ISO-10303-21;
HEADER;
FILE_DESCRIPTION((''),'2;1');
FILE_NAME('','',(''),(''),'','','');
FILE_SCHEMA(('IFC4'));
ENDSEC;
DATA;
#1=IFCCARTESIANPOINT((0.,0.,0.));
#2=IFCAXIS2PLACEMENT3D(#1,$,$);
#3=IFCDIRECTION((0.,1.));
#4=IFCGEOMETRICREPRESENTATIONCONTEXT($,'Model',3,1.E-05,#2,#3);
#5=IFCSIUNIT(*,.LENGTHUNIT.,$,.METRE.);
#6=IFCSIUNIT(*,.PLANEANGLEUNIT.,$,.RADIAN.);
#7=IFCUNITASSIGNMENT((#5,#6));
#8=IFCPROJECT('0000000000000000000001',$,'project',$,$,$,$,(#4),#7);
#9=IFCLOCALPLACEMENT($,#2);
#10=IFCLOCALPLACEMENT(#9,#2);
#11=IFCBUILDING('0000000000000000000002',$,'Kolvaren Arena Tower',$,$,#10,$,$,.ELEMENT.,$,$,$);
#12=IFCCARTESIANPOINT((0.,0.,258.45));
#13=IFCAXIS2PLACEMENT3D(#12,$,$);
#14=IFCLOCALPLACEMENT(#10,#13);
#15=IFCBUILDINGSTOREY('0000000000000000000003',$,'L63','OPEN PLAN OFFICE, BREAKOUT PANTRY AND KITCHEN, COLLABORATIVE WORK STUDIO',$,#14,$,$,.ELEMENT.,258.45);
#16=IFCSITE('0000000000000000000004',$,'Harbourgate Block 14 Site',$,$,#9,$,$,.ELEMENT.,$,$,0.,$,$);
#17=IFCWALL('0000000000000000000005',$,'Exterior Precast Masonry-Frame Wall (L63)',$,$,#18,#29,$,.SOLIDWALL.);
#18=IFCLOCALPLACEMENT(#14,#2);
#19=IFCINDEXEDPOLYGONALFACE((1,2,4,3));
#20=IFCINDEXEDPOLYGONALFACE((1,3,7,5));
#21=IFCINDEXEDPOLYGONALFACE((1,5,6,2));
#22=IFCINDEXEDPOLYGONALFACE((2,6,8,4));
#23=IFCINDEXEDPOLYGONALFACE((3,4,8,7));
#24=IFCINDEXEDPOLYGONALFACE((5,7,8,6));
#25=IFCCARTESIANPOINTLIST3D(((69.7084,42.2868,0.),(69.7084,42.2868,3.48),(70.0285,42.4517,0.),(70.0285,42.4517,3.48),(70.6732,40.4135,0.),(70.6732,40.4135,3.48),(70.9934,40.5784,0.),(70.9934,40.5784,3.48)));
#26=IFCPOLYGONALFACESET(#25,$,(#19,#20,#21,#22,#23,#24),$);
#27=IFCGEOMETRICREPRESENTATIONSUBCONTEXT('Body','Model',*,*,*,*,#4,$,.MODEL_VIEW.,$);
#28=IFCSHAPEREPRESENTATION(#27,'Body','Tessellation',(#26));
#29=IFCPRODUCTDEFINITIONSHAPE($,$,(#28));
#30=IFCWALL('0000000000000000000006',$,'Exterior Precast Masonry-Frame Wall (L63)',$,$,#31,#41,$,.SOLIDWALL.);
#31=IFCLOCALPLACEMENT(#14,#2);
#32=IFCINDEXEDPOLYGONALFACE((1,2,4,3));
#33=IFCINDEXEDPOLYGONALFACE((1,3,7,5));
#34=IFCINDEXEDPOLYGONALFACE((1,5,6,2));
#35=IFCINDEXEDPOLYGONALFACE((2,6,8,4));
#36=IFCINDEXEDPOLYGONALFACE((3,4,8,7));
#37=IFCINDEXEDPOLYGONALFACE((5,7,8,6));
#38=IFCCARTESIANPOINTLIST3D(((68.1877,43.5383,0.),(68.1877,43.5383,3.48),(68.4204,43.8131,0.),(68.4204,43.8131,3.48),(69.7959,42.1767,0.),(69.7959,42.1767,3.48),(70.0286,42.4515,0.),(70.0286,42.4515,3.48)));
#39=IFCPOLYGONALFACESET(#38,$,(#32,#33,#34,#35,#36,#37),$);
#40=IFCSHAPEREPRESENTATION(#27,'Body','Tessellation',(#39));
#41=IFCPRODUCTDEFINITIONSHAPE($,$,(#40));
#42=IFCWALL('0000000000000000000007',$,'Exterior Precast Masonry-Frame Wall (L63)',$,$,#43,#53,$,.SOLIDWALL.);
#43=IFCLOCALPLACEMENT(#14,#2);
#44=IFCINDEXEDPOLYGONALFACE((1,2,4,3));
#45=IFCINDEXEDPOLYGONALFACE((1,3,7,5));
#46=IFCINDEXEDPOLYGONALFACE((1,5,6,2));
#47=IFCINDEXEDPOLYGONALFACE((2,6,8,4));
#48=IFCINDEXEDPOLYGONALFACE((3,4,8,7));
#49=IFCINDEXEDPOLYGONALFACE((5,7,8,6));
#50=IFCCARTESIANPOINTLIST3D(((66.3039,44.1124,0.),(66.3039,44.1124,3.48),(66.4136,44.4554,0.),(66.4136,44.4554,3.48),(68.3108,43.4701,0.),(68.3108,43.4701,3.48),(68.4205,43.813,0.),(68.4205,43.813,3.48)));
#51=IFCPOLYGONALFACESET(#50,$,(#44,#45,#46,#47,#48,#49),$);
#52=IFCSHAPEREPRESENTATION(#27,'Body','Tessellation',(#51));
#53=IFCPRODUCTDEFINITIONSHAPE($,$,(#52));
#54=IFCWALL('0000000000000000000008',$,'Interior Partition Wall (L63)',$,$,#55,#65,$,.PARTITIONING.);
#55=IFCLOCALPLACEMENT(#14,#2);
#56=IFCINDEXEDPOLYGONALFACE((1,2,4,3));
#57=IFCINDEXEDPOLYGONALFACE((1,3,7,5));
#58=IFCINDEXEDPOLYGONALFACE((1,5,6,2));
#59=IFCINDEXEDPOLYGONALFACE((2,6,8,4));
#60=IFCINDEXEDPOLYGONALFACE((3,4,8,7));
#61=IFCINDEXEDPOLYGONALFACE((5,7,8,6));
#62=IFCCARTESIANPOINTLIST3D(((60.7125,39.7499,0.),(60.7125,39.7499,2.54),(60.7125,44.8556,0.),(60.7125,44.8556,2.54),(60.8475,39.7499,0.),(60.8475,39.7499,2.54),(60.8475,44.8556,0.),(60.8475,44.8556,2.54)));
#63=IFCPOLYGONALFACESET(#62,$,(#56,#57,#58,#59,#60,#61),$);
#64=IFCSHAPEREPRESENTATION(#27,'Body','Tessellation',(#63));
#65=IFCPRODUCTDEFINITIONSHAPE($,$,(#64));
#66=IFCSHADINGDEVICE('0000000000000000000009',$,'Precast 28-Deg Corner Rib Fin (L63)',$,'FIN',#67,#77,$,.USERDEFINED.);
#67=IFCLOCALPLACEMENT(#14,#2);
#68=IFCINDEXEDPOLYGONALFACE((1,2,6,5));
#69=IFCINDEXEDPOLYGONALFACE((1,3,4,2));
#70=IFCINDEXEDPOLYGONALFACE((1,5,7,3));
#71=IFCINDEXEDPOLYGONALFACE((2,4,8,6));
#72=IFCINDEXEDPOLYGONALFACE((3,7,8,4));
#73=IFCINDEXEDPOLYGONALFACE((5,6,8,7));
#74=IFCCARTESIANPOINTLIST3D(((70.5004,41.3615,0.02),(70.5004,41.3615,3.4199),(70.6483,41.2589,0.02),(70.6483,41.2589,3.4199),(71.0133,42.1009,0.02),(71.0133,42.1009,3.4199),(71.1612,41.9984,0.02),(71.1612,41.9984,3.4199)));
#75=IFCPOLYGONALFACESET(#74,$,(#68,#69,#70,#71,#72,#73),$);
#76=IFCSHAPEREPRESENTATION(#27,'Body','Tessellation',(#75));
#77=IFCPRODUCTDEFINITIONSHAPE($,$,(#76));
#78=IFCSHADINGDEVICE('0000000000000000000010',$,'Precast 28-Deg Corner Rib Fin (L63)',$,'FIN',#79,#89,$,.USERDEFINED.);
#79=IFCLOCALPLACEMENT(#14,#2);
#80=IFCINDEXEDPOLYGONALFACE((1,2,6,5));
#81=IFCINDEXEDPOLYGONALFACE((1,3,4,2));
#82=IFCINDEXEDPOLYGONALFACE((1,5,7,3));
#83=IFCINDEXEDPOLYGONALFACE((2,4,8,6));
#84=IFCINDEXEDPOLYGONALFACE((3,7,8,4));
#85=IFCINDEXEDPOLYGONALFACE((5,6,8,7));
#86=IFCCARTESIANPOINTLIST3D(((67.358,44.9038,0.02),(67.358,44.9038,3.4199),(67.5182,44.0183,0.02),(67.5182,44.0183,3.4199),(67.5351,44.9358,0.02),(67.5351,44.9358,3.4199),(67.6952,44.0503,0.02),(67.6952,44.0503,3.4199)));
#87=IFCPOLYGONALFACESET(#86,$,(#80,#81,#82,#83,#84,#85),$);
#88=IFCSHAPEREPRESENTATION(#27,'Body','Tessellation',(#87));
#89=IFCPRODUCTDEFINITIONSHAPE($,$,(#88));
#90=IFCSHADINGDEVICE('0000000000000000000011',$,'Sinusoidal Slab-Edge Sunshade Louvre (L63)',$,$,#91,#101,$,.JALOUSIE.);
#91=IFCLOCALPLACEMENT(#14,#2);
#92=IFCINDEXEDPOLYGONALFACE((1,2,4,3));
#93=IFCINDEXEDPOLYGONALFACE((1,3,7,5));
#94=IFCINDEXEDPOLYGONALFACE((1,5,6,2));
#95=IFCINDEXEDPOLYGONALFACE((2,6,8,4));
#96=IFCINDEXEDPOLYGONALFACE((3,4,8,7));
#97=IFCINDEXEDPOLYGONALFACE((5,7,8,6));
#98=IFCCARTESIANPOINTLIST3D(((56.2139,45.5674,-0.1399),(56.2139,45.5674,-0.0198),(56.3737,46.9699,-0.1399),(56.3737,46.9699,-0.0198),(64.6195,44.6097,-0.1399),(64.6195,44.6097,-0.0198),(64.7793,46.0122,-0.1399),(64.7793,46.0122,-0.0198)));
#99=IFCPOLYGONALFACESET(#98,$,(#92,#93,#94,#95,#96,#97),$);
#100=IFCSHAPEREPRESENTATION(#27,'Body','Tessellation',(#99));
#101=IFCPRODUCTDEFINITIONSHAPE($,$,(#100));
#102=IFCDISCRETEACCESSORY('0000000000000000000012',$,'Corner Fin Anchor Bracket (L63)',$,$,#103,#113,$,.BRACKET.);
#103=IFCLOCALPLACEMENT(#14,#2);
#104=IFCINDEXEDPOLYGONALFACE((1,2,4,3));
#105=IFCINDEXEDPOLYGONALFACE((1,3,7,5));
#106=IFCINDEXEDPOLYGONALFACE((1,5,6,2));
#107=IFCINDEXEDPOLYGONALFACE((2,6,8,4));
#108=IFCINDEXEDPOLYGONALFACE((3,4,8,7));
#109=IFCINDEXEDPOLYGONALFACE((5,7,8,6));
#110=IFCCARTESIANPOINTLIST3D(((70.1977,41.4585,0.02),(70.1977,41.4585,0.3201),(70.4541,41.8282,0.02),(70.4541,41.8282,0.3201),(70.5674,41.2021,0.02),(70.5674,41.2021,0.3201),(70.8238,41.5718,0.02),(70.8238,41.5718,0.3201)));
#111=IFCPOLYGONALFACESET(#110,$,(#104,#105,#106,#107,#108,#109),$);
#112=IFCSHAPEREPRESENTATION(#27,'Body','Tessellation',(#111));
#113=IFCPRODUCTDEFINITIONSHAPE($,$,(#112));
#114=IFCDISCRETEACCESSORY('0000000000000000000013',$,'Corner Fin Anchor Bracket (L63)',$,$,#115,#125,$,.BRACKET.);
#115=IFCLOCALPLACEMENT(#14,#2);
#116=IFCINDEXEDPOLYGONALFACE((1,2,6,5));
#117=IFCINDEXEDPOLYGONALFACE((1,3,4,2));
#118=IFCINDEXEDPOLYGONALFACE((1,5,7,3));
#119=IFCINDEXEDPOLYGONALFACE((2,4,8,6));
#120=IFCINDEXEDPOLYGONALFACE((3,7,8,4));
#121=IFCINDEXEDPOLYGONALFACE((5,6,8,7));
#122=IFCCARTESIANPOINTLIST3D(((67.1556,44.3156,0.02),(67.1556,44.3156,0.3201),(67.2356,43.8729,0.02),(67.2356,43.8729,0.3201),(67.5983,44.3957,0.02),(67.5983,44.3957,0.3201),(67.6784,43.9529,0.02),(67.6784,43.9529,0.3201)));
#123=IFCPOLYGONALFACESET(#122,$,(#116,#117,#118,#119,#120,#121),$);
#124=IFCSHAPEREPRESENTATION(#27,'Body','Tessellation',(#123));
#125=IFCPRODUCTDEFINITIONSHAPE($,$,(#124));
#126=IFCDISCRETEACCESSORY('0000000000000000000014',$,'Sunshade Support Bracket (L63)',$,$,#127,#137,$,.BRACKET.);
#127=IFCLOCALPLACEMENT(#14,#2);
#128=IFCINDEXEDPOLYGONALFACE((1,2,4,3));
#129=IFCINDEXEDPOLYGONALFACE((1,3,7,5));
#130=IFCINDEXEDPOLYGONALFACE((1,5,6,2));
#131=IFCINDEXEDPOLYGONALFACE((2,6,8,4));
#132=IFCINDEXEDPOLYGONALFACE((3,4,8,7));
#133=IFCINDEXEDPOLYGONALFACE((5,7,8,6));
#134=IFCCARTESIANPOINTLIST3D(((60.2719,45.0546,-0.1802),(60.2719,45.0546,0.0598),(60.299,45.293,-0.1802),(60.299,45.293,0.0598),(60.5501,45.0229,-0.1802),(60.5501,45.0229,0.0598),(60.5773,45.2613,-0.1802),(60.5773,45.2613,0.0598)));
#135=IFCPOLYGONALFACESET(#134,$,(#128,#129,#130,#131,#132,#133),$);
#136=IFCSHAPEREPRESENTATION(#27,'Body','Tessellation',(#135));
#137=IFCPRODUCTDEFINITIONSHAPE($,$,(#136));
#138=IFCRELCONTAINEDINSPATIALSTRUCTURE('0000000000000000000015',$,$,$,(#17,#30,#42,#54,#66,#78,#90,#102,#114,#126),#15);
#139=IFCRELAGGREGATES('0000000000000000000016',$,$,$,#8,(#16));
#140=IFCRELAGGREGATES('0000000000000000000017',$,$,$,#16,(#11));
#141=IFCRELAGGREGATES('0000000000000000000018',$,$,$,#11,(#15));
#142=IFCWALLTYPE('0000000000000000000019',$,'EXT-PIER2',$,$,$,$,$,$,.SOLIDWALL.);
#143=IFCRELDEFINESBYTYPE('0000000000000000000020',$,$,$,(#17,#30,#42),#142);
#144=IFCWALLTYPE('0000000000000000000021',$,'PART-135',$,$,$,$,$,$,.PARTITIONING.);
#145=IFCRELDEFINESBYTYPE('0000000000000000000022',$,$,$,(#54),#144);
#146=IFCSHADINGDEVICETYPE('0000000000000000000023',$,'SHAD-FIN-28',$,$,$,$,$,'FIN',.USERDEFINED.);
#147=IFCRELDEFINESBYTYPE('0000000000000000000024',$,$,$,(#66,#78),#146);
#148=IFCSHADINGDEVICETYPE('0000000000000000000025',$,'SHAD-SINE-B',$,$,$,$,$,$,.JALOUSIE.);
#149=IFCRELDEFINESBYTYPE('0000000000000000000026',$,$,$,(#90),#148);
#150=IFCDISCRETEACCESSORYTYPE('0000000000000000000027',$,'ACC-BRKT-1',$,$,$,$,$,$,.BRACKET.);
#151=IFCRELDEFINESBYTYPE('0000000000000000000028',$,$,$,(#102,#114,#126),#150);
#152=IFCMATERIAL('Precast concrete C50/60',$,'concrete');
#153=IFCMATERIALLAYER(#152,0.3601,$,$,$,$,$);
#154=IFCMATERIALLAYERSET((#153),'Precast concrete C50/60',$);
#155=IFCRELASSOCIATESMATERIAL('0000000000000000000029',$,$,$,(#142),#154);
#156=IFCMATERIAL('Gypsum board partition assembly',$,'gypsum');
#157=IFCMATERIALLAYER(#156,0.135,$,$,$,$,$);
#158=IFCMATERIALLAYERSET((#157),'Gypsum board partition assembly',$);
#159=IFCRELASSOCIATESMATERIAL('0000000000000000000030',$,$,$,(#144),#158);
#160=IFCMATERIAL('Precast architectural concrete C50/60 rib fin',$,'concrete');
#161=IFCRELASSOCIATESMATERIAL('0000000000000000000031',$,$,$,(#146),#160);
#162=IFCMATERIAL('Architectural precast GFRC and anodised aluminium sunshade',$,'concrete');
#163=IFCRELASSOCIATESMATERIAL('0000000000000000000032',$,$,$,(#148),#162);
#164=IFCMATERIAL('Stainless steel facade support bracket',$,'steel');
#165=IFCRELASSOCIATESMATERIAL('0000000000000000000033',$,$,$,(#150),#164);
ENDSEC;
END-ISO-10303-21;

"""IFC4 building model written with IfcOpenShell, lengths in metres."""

from ifc_helpers import new_model, si_unit, direction, frame, frame_2d, origin, origin_2d, place, context, subcontext, project, spatial, rectangle, extrude, material, layer, layer_set, type_object, element, save


model = new_model("IFC4")

# Units and contexts
model_context = context("Model", 3, precision=1e-05, world=origin(), true_north=direction((0.0, 1.0)))
body_context = subcontext(model_context, "Body", "Model", "MODEL_VIEW")
ifc_project = project(units=[si_unit("LENGTHUNIT", "METRE"), si_unit("PLANEANGLEUNIT", "RADIAN")], contexts=[model_context])

# Site, building, storey
site_placement = place(None, origin())
site = spatial("IfcSite", under=ifc_project, at=site_placement, Name="Harbourgate Block 14 Site", CompositionType="ELEMENT", RefElevation=0.0)
building_placement = place(site_placement, origin())
building = spatial("IfcBuilding", under=site, at=building_placement, Name="Kolvaren Arena Tower", CompositionType="ELEMENT")
storey_placement = place(building_placement, frame((0.0, 0.0, 258.45)))
storey = spatial("IfcBuildingStorey", under=building, at=storey_placement, Name="L63", Description="OPEN PLAN OFFICE, BREAKOUT PANTRY AND KITCHEN, COLLABORATIVE WORK STUDIO", CompositionType="ELEMENT", Elevation=258.45)

# Shared definitions
ifc_material_1 = material(Name="Precast concrete C50/60", Category="concrete")
ifc_layer_1 = layer(ifc_material_1, 0.3601)
ifc_layer_set_1 = layer_set([ifc_layer_1], Name="Precast concrete C50/60")
wall_type_1 = type_object("IfcWallType", Name="EXT-PIER2", PredefinedType="SOLIDWALL", material=ifc_layer_set_1)

# Walls
for number, where, z_axis, x_axis, name in (
    (1, (69.8684, 42.3694, 0.0), (0.0, 0.0, 1.0), (0.457887, -0.88901, 0.0), "Exterior Precast Masonry-Frame Wall (L63)"),
    (2, (68.304, 43.6758, 0.0), (0.0, 0.0, 1.0), (0.763193, -0.646171, 0.0), "Exterior Precast Masonry-Frame Wall (L63)"),
    (3, (66.3586, 44.2839, 0.0), (0.0, 0.0, 1.0), (0.952404, -0.304839, 0.0), "Exterior Precast Masonry-Frame Wall (L63)"),
):
    element("IfcWall", number, at=place(storey_placement, frame(where, z_axis=z_axis, x_axis=x_axis)), inside=storey, type_object=wall_type_1, Name=name, PredefinedType="SOLIDWALL", context=body_context, shape_type="SweptSolid", body=[
        extrude(rectangle(XDim=2.1072, YDim=0.3601, at=frame_2d((1.0537, 0.0))), origin(), (0.0, 0.0, 1.0), 3.48),
    ])
ifc_material_2 = material(Name="Gypsum board partition assembly", Category="gypsum")
ifc_layer_2 = layer(ifc_material_2, 0.135)
ifc_layer_set_2 = layer_set([ifc_layer_2], Name="Gypsum board partition assembly")
wall_type_2 = type_object("IfcWallType", Name="PART-135", PredefinedType="PARTITIONING", material=ifc_layer_set_2)
wall_1_placement = place(storey_placement, frame((60.78, 39.75, 0.0), z_axis=(0.0, 0.0, 1.0), x_axis=(0.0, 1.0, 0.0)))
element("IfcWall", 4, at=wall_1_placement, inside=storey, type_object=wall_type_2, Name="Interior Partition Wall (L63)", PredefinedType="PARTITIONING", context=body_context, shape_type="SweptSolid", body=[
    extrude(rectangle(XDim=5.1057, YDim=0.135, at=frame_2d((2.5527, 0.0))), origin(), (0.0, 0.0, 1.0), 2.54),
])

# Shading devices
ifc_material_3 = material(Name="Precast architectural concrete C50/60 rib fin", Category="concrete")
shading_device_type_1 = type_object("IfcShadingDeviceType", Name="SHAD-FIN-28", ElementType="FIN", PredefinedType="USERDEFINED", material=ifc_material_3)
for number, where, z_axis, x_axis, name in (
    (5, (70.8308, 41.6799, 0.02), (0.0, 0.0, 1.0), (0.569965, 0.821669, 0.0), "Precast 28-Deg Corner Rib Fin (L63)"),
    (6, (67.5266, 44.4771, 0.02), (0.0, 0.0, 1.0), (-0.177966, 0.984037, 0.0), "Precast 28-Deg Corner Rib Fin (L63)"),
):
    element("IfcShadingDevice", number, at=place(storey_placement, frame(where, z_axis=z_axis, x_axis=x_axis)), inside=storey, type_object=shading_device_type_1, Name=name, ObjectType="FIN", PredefinedType="USERDEFINED", context=body_context, shape_type="SweptSolid", body=[
        extrude(rectangle(XDim=0.8999, YDim=0.1799, at=origin_2d()), origin(), (0.0, 0.0, 1.0), 3.3999),
    ])
ifc_material_4 = material(Name="Architectural precast GFRC and anodised aluminium sunshade", Category="concrete")
shading_device_type_2 = type_object("IfcShadingDeviceType", Name="SHAD-SINE-B", PredefinedType="JALOUSIE", material=ifc_material_4)
shading_device_placement = place(storey_placement, frame((60.4966, 45.7898, -0.1399), z_axis=(0.0, 0.0, 1.0), x_axis=(0.993572, -0.113205, 0.0)))
element("IfcShadingDevice", 7, at=shading_device_placement, inside=storey, type_object=shading_device_type_2, Name="Sinusoidal Slab-Edge Sunshade Louvre (L63)", PredefinedType="JALOUSIE", context=body_context, shape_type="SweptSolid", body=[
    extrude(rectangle(XDim=8.46, YDim=1.4116, at=origin_2d()), origin(), (0.0, 0.0, 1.0), 0.1201),
])

# Discrete accessories
ifc_material_5 = material(Name="Stainless steel facade support bracket", Category="steel")
discrete_accessory_type = type_object("IfcDiscreteAccessoryType", Name="ACC-BRKT-1", PredefinedType="BRACKET", material=ifc_material_5)
for number, where, z_axis, x_axis, name in (
    (8, (70.5107, 41.5151, 0.02), (0.0, 0.0, 1.0), (0.569965, 0.821669, 0.0), "Corner Fin Anchor Bracket (L63)"),
    (9, (67.417, 44.1343, 0.02), (0.0, 0.0, 1.0), (-0.177966, 0.984037, 0.0), "Corner Fin Anchor Bracket (L63)"),
):
    element("IfcDiscreteAccessory", number, at=place(storey_placement, frame(where, z_axis=z_axis, x_axis=x_axis)), inside=storey, type_object=discrete_accessory_type, Name=name, PredefinedType="BRACKET", context=body_context, shape_type="SweptSolid", body=[
        extrude(rectangle(XDim=0.45, YDim=0.45, at=origin_2d()), origin(), (0.0, 0.0, 1.0), 0.3),
    ])
discrete_accessory_placement = place(storey_placement, frame((60.4246, 45.158, -0.1802), z_axis=(0.0, 0.0, 1.0), x_axis=(0.993572, -0.113205, 0.0)))
element("IfcDiscreteAccessory", 10, at=discrete_accessory_placement, inside=storey, type_object=discrete_accessory_type, Name="Sunshade Support Bracket (L63)", PredefinedType="BRACKET", context=body_context, shape_type="SweptSolid", body=[
    extrude(rectangle(XDim=0.28, YDim=0.24, at=origin_2d()), origin(), (0.0, 0.0, 1.0), 0.24),
])

save(model, "model.ifc")
